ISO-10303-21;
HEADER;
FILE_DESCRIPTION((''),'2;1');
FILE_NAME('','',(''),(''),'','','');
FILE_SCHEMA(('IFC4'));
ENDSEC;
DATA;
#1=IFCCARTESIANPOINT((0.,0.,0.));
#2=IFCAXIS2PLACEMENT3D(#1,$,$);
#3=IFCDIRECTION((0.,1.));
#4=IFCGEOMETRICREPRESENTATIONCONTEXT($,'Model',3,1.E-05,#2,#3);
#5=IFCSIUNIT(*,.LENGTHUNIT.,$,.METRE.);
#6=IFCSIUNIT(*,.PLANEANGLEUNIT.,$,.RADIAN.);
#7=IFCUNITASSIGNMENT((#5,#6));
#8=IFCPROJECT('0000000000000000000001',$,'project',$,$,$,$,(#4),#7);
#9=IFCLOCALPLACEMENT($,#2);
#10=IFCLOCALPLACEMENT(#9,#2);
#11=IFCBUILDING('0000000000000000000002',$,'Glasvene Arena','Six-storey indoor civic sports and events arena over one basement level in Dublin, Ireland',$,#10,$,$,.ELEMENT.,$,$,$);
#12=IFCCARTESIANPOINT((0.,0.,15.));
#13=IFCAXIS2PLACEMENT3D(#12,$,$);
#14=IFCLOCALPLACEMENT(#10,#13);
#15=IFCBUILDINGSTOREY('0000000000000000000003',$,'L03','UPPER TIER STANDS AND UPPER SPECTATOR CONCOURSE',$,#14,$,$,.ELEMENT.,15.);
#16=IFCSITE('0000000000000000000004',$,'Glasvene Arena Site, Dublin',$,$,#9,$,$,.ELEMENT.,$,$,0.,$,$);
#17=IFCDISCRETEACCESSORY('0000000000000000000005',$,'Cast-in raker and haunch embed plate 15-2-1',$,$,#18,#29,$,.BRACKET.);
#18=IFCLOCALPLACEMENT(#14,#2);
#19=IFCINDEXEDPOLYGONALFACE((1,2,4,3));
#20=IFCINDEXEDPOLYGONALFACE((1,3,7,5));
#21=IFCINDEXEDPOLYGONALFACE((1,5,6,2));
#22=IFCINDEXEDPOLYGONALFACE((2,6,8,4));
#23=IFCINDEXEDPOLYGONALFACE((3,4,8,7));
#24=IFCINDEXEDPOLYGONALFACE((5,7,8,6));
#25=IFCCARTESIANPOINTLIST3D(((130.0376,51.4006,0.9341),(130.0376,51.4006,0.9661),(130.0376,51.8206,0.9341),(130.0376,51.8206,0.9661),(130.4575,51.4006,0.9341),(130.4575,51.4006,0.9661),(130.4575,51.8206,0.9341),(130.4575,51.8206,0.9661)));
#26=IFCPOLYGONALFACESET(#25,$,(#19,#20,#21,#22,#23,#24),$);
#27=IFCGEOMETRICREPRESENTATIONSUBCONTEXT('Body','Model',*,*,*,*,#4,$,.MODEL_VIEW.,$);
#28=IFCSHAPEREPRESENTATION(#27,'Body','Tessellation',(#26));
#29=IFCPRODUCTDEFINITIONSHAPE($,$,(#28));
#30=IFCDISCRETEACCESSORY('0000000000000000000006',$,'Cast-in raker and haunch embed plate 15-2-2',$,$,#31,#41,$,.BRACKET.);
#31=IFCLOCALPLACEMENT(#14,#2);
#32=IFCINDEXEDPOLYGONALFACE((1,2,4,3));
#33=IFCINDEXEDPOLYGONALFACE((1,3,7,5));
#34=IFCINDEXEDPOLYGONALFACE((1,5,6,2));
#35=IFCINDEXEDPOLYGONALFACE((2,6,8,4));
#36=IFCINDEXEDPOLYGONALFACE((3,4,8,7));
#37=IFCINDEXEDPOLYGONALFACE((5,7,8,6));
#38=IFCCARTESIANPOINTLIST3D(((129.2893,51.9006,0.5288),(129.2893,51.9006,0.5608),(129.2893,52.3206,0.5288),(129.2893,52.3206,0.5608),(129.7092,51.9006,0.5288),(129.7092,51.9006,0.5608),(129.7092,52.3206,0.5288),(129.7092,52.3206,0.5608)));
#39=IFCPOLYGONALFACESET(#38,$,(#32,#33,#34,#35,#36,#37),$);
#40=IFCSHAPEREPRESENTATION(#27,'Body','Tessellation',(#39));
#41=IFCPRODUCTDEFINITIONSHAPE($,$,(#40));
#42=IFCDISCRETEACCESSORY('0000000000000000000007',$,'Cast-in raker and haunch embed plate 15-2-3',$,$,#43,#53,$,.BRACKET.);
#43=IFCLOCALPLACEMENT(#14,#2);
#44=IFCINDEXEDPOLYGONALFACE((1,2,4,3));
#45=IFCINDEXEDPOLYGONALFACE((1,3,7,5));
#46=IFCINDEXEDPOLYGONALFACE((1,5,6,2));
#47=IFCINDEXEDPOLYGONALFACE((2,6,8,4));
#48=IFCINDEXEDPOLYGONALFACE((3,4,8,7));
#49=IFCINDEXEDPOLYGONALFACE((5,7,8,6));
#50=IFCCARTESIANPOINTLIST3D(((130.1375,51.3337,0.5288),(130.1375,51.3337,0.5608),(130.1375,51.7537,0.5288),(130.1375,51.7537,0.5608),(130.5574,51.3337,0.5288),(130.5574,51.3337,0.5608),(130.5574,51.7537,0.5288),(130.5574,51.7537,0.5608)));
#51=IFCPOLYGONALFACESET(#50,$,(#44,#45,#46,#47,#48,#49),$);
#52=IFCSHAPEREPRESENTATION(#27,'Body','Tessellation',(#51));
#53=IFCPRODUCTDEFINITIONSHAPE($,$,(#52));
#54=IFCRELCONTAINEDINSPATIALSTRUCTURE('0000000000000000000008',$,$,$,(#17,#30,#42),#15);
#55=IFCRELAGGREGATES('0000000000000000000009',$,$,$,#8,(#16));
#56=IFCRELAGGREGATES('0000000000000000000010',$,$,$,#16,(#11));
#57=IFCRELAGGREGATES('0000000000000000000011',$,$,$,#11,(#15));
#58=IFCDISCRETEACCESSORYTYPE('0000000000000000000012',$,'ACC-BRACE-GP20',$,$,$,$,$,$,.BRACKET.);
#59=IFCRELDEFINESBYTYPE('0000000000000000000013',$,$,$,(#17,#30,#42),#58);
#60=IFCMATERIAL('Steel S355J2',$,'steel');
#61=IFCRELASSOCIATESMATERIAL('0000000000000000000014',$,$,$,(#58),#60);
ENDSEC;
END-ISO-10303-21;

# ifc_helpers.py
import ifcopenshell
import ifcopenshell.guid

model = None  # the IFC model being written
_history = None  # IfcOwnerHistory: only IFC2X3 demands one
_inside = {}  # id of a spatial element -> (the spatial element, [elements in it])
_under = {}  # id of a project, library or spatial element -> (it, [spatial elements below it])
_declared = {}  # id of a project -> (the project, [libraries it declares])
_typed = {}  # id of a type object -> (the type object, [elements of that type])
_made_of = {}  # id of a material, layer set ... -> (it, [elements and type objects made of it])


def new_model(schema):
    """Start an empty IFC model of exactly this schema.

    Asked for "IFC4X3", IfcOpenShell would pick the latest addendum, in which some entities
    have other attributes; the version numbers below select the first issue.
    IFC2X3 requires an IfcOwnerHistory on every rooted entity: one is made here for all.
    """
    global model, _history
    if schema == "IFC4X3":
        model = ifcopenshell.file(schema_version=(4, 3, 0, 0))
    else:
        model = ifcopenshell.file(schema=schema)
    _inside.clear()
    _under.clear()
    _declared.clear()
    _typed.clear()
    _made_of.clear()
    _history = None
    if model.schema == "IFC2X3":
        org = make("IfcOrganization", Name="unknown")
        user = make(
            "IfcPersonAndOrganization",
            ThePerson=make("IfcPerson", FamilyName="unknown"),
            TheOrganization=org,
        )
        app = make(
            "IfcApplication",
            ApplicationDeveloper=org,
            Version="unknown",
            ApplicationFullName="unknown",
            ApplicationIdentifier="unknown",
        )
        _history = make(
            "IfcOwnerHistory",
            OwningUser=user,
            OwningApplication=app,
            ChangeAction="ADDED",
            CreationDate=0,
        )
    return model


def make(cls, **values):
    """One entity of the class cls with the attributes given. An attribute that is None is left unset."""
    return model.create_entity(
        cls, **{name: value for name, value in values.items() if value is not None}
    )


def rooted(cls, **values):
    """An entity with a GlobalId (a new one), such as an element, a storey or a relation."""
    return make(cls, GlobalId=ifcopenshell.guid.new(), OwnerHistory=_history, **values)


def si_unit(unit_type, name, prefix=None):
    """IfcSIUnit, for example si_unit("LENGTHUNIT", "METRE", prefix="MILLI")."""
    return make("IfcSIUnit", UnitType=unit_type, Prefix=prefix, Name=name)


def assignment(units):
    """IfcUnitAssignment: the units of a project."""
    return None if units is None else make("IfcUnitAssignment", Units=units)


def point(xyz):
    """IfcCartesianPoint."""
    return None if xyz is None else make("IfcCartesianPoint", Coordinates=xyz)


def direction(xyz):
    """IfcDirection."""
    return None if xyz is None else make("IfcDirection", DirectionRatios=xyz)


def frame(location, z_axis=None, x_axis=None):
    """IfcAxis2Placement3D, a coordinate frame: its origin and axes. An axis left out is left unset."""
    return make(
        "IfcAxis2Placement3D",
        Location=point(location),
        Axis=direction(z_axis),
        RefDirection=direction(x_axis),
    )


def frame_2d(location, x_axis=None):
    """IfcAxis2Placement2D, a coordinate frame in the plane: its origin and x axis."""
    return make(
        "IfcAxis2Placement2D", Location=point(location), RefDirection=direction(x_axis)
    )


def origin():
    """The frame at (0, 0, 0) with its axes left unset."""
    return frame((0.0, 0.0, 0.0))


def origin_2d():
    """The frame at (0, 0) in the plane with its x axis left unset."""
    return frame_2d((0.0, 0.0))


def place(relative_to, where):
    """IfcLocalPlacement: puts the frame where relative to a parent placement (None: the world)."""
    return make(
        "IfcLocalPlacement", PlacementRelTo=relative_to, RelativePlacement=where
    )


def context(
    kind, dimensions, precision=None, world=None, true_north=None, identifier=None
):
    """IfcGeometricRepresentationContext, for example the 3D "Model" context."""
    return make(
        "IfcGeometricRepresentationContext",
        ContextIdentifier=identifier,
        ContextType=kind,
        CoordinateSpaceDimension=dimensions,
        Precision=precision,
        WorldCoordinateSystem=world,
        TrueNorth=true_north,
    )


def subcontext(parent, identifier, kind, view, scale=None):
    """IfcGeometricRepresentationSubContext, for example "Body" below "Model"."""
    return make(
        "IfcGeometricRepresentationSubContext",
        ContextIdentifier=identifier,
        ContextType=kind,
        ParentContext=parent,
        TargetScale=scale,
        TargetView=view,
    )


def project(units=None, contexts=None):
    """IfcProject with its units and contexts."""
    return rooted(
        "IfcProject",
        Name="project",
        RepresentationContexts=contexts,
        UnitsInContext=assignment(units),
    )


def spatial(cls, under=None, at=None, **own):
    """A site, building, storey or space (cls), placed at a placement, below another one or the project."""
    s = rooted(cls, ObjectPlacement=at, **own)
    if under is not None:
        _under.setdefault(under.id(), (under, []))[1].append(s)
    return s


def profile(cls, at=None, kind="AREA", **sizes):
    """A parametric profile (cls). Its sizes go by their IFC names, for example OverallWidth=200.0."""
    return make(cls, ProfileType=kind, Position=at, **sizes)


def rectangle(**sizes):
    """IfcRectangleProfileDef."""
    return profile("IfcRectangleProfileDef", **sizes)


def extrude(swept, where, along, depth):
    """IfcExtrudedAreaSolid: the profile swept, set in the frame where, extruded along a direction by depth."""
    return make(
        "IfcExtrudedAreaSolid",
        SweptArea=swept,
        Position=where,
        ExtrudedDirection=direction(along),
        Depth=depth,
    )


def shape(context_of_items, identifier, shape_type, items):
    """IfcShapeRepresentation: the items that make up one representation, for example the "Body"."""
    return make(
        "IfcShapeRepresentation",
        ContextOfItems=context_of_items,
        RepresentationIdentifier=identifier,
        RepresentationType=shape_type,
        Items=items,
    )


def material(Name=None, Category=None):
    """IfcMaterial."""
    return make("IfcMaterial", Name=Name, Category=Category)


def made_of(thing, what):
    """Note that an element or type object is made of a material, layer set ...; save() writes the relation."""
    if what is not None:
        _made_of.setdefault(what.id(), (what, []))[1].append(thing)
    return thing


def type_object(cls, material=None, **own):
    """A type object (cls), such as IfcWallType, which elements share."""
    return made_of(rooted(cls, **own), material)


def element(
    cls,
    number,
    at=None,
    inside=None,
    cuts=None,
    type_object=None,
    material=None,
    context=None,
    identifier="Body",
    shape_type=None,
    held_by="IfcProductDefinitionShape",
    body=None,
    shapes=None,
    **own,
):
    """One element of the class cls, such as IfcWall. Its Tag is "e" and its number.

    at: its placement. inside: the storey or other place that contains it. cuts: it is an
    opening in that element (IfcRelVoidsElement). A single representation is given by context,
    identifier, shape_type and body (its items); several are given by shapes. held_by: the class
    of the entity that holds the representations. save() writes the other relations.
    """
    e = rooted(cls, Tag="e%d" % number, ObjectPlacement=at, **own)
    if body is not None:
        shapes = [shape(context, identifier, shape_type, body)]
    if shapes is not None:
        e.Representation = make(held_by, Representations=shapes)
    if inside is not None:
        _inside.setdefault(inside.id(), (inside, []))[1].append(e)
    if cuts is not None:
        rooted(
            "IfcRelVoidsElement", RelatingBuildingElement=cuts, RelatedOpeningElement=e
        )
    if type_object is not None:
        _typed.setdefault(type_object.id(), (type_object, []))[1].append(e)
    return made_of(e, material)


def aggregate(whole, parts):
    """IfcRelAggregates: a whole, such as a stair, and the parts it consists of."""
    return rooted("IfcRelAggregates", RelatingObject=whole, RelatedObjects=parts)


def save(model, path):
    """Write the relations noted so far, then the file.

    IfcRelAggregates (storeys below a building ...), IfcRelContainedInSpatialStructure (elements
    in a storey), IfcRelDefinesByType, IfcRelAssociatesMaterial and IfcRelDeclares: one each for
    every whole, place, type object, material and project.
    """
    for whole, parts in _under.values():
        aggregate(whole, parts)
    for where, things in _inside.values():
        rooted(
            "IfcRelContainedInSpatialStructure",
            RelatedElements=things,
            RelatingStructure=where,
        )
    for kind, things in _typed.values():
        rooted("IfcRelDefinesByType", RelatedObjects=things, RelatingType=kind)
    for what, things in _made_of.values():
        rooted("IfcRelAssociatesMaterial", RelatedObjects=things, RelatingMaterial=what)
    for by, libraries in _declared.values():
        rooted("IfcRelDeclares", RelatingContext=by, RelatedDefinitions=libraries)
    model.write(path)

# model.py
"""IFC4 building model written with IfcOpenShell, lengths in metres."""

from ifc_helpers import new_model, si_unit, direction, frame, origin, origin_2d, place, context, subcontext, project, spatial, rectangle, extrude, material, type_object, element, save


model = new_model("IFC4")

# Units and contexts
model_context = context("Model", 3, precision=1e-05, world=origin(), true_north=direction((0.0, 1.0)))
body_context = subcontext(model_context, "Body", "Model", "MODEL_VIEW")
ifc_project = project(units=[si_unit("LENGTHUNIT", "METRE"), si_unit("PLANEANGLEUNIT", "RADIAN")], contexts=[model_context])

# Site, building, storey
site_placement = place(None, origin())
site = spatial("IfcSite", under=ifc_project, at=site_placement, Name="Glasvene Arena Site, Dublin", CompositionType="ELEMENT", RefElevation=0.0)
building_placement = place(site_placement, origin())
building = spatial("IfcBuilding", under=site, at=building_placement, Name="Glasvene Arena", Description="Six-storey indoor civic sports and events arena over one basement level in Dublin, Ireland", CompositionType="ELEMENT")
storey_placement = place(building_placement, frame((0.0, 0.0, 15.0)))
storey = spatial("IfcBuildingStorey", under=building, at=storey_placement, Name="L03", Description="UPPER TIER STANDS AND UPPER SPECTATOR CONCOURSE", CompositionType="ELEMENT", Elevation=15.0)

# Shared definitions
ifc_material_1 = material(Name="Steel S355J2", Category="steel")

# Discrete accessories
discrete_accessory_type = type_object("IfcDiscreteAccessoryType", Name="ACC-BRACE-GP20", PredefinedType="BRACKET", material=ifc_material_1)
for number, where, z_axis, x_axis, name in (
    (1, (130.2476, 51.6106, 0.9341), (0.0, 0.0, 1.0), (1.0, 0.0, 0.0), "Cast-in raker and haunch embed plate 15-2-1"),
    (2, (129.4993, 52.1106, 0.5288), (0.0, 0.0, 1.0), (1.0, 0.0, 0.0), "Cast-in raker and haunch embed plate 15-2-2"),
    (3, (130.3474, 51.5437, 0.5288), (0.0, 0.0, 1.0), (1.0, 0.0, 0.0), "Cast-in raker and haunch embed plate 15-2-3"),
):
    element("IfcDiscreteAccessory", number, at=place(storey_placement, frame(where, z_axis=z_axis, x_axis=x_axis)), inside=storey, type_object=discrete_accessory_type, Name=name, PredefinedType="BRACKET", context=body_context, shape_type="SweptSolid", body=[
        extrude(rectangle(XDim=0.4199, YDim=0.4199, at=origin_2d()), origin(), (0.0, 0.0, 1.0), 0.032),
    ])

save(model, "model.ifc")
